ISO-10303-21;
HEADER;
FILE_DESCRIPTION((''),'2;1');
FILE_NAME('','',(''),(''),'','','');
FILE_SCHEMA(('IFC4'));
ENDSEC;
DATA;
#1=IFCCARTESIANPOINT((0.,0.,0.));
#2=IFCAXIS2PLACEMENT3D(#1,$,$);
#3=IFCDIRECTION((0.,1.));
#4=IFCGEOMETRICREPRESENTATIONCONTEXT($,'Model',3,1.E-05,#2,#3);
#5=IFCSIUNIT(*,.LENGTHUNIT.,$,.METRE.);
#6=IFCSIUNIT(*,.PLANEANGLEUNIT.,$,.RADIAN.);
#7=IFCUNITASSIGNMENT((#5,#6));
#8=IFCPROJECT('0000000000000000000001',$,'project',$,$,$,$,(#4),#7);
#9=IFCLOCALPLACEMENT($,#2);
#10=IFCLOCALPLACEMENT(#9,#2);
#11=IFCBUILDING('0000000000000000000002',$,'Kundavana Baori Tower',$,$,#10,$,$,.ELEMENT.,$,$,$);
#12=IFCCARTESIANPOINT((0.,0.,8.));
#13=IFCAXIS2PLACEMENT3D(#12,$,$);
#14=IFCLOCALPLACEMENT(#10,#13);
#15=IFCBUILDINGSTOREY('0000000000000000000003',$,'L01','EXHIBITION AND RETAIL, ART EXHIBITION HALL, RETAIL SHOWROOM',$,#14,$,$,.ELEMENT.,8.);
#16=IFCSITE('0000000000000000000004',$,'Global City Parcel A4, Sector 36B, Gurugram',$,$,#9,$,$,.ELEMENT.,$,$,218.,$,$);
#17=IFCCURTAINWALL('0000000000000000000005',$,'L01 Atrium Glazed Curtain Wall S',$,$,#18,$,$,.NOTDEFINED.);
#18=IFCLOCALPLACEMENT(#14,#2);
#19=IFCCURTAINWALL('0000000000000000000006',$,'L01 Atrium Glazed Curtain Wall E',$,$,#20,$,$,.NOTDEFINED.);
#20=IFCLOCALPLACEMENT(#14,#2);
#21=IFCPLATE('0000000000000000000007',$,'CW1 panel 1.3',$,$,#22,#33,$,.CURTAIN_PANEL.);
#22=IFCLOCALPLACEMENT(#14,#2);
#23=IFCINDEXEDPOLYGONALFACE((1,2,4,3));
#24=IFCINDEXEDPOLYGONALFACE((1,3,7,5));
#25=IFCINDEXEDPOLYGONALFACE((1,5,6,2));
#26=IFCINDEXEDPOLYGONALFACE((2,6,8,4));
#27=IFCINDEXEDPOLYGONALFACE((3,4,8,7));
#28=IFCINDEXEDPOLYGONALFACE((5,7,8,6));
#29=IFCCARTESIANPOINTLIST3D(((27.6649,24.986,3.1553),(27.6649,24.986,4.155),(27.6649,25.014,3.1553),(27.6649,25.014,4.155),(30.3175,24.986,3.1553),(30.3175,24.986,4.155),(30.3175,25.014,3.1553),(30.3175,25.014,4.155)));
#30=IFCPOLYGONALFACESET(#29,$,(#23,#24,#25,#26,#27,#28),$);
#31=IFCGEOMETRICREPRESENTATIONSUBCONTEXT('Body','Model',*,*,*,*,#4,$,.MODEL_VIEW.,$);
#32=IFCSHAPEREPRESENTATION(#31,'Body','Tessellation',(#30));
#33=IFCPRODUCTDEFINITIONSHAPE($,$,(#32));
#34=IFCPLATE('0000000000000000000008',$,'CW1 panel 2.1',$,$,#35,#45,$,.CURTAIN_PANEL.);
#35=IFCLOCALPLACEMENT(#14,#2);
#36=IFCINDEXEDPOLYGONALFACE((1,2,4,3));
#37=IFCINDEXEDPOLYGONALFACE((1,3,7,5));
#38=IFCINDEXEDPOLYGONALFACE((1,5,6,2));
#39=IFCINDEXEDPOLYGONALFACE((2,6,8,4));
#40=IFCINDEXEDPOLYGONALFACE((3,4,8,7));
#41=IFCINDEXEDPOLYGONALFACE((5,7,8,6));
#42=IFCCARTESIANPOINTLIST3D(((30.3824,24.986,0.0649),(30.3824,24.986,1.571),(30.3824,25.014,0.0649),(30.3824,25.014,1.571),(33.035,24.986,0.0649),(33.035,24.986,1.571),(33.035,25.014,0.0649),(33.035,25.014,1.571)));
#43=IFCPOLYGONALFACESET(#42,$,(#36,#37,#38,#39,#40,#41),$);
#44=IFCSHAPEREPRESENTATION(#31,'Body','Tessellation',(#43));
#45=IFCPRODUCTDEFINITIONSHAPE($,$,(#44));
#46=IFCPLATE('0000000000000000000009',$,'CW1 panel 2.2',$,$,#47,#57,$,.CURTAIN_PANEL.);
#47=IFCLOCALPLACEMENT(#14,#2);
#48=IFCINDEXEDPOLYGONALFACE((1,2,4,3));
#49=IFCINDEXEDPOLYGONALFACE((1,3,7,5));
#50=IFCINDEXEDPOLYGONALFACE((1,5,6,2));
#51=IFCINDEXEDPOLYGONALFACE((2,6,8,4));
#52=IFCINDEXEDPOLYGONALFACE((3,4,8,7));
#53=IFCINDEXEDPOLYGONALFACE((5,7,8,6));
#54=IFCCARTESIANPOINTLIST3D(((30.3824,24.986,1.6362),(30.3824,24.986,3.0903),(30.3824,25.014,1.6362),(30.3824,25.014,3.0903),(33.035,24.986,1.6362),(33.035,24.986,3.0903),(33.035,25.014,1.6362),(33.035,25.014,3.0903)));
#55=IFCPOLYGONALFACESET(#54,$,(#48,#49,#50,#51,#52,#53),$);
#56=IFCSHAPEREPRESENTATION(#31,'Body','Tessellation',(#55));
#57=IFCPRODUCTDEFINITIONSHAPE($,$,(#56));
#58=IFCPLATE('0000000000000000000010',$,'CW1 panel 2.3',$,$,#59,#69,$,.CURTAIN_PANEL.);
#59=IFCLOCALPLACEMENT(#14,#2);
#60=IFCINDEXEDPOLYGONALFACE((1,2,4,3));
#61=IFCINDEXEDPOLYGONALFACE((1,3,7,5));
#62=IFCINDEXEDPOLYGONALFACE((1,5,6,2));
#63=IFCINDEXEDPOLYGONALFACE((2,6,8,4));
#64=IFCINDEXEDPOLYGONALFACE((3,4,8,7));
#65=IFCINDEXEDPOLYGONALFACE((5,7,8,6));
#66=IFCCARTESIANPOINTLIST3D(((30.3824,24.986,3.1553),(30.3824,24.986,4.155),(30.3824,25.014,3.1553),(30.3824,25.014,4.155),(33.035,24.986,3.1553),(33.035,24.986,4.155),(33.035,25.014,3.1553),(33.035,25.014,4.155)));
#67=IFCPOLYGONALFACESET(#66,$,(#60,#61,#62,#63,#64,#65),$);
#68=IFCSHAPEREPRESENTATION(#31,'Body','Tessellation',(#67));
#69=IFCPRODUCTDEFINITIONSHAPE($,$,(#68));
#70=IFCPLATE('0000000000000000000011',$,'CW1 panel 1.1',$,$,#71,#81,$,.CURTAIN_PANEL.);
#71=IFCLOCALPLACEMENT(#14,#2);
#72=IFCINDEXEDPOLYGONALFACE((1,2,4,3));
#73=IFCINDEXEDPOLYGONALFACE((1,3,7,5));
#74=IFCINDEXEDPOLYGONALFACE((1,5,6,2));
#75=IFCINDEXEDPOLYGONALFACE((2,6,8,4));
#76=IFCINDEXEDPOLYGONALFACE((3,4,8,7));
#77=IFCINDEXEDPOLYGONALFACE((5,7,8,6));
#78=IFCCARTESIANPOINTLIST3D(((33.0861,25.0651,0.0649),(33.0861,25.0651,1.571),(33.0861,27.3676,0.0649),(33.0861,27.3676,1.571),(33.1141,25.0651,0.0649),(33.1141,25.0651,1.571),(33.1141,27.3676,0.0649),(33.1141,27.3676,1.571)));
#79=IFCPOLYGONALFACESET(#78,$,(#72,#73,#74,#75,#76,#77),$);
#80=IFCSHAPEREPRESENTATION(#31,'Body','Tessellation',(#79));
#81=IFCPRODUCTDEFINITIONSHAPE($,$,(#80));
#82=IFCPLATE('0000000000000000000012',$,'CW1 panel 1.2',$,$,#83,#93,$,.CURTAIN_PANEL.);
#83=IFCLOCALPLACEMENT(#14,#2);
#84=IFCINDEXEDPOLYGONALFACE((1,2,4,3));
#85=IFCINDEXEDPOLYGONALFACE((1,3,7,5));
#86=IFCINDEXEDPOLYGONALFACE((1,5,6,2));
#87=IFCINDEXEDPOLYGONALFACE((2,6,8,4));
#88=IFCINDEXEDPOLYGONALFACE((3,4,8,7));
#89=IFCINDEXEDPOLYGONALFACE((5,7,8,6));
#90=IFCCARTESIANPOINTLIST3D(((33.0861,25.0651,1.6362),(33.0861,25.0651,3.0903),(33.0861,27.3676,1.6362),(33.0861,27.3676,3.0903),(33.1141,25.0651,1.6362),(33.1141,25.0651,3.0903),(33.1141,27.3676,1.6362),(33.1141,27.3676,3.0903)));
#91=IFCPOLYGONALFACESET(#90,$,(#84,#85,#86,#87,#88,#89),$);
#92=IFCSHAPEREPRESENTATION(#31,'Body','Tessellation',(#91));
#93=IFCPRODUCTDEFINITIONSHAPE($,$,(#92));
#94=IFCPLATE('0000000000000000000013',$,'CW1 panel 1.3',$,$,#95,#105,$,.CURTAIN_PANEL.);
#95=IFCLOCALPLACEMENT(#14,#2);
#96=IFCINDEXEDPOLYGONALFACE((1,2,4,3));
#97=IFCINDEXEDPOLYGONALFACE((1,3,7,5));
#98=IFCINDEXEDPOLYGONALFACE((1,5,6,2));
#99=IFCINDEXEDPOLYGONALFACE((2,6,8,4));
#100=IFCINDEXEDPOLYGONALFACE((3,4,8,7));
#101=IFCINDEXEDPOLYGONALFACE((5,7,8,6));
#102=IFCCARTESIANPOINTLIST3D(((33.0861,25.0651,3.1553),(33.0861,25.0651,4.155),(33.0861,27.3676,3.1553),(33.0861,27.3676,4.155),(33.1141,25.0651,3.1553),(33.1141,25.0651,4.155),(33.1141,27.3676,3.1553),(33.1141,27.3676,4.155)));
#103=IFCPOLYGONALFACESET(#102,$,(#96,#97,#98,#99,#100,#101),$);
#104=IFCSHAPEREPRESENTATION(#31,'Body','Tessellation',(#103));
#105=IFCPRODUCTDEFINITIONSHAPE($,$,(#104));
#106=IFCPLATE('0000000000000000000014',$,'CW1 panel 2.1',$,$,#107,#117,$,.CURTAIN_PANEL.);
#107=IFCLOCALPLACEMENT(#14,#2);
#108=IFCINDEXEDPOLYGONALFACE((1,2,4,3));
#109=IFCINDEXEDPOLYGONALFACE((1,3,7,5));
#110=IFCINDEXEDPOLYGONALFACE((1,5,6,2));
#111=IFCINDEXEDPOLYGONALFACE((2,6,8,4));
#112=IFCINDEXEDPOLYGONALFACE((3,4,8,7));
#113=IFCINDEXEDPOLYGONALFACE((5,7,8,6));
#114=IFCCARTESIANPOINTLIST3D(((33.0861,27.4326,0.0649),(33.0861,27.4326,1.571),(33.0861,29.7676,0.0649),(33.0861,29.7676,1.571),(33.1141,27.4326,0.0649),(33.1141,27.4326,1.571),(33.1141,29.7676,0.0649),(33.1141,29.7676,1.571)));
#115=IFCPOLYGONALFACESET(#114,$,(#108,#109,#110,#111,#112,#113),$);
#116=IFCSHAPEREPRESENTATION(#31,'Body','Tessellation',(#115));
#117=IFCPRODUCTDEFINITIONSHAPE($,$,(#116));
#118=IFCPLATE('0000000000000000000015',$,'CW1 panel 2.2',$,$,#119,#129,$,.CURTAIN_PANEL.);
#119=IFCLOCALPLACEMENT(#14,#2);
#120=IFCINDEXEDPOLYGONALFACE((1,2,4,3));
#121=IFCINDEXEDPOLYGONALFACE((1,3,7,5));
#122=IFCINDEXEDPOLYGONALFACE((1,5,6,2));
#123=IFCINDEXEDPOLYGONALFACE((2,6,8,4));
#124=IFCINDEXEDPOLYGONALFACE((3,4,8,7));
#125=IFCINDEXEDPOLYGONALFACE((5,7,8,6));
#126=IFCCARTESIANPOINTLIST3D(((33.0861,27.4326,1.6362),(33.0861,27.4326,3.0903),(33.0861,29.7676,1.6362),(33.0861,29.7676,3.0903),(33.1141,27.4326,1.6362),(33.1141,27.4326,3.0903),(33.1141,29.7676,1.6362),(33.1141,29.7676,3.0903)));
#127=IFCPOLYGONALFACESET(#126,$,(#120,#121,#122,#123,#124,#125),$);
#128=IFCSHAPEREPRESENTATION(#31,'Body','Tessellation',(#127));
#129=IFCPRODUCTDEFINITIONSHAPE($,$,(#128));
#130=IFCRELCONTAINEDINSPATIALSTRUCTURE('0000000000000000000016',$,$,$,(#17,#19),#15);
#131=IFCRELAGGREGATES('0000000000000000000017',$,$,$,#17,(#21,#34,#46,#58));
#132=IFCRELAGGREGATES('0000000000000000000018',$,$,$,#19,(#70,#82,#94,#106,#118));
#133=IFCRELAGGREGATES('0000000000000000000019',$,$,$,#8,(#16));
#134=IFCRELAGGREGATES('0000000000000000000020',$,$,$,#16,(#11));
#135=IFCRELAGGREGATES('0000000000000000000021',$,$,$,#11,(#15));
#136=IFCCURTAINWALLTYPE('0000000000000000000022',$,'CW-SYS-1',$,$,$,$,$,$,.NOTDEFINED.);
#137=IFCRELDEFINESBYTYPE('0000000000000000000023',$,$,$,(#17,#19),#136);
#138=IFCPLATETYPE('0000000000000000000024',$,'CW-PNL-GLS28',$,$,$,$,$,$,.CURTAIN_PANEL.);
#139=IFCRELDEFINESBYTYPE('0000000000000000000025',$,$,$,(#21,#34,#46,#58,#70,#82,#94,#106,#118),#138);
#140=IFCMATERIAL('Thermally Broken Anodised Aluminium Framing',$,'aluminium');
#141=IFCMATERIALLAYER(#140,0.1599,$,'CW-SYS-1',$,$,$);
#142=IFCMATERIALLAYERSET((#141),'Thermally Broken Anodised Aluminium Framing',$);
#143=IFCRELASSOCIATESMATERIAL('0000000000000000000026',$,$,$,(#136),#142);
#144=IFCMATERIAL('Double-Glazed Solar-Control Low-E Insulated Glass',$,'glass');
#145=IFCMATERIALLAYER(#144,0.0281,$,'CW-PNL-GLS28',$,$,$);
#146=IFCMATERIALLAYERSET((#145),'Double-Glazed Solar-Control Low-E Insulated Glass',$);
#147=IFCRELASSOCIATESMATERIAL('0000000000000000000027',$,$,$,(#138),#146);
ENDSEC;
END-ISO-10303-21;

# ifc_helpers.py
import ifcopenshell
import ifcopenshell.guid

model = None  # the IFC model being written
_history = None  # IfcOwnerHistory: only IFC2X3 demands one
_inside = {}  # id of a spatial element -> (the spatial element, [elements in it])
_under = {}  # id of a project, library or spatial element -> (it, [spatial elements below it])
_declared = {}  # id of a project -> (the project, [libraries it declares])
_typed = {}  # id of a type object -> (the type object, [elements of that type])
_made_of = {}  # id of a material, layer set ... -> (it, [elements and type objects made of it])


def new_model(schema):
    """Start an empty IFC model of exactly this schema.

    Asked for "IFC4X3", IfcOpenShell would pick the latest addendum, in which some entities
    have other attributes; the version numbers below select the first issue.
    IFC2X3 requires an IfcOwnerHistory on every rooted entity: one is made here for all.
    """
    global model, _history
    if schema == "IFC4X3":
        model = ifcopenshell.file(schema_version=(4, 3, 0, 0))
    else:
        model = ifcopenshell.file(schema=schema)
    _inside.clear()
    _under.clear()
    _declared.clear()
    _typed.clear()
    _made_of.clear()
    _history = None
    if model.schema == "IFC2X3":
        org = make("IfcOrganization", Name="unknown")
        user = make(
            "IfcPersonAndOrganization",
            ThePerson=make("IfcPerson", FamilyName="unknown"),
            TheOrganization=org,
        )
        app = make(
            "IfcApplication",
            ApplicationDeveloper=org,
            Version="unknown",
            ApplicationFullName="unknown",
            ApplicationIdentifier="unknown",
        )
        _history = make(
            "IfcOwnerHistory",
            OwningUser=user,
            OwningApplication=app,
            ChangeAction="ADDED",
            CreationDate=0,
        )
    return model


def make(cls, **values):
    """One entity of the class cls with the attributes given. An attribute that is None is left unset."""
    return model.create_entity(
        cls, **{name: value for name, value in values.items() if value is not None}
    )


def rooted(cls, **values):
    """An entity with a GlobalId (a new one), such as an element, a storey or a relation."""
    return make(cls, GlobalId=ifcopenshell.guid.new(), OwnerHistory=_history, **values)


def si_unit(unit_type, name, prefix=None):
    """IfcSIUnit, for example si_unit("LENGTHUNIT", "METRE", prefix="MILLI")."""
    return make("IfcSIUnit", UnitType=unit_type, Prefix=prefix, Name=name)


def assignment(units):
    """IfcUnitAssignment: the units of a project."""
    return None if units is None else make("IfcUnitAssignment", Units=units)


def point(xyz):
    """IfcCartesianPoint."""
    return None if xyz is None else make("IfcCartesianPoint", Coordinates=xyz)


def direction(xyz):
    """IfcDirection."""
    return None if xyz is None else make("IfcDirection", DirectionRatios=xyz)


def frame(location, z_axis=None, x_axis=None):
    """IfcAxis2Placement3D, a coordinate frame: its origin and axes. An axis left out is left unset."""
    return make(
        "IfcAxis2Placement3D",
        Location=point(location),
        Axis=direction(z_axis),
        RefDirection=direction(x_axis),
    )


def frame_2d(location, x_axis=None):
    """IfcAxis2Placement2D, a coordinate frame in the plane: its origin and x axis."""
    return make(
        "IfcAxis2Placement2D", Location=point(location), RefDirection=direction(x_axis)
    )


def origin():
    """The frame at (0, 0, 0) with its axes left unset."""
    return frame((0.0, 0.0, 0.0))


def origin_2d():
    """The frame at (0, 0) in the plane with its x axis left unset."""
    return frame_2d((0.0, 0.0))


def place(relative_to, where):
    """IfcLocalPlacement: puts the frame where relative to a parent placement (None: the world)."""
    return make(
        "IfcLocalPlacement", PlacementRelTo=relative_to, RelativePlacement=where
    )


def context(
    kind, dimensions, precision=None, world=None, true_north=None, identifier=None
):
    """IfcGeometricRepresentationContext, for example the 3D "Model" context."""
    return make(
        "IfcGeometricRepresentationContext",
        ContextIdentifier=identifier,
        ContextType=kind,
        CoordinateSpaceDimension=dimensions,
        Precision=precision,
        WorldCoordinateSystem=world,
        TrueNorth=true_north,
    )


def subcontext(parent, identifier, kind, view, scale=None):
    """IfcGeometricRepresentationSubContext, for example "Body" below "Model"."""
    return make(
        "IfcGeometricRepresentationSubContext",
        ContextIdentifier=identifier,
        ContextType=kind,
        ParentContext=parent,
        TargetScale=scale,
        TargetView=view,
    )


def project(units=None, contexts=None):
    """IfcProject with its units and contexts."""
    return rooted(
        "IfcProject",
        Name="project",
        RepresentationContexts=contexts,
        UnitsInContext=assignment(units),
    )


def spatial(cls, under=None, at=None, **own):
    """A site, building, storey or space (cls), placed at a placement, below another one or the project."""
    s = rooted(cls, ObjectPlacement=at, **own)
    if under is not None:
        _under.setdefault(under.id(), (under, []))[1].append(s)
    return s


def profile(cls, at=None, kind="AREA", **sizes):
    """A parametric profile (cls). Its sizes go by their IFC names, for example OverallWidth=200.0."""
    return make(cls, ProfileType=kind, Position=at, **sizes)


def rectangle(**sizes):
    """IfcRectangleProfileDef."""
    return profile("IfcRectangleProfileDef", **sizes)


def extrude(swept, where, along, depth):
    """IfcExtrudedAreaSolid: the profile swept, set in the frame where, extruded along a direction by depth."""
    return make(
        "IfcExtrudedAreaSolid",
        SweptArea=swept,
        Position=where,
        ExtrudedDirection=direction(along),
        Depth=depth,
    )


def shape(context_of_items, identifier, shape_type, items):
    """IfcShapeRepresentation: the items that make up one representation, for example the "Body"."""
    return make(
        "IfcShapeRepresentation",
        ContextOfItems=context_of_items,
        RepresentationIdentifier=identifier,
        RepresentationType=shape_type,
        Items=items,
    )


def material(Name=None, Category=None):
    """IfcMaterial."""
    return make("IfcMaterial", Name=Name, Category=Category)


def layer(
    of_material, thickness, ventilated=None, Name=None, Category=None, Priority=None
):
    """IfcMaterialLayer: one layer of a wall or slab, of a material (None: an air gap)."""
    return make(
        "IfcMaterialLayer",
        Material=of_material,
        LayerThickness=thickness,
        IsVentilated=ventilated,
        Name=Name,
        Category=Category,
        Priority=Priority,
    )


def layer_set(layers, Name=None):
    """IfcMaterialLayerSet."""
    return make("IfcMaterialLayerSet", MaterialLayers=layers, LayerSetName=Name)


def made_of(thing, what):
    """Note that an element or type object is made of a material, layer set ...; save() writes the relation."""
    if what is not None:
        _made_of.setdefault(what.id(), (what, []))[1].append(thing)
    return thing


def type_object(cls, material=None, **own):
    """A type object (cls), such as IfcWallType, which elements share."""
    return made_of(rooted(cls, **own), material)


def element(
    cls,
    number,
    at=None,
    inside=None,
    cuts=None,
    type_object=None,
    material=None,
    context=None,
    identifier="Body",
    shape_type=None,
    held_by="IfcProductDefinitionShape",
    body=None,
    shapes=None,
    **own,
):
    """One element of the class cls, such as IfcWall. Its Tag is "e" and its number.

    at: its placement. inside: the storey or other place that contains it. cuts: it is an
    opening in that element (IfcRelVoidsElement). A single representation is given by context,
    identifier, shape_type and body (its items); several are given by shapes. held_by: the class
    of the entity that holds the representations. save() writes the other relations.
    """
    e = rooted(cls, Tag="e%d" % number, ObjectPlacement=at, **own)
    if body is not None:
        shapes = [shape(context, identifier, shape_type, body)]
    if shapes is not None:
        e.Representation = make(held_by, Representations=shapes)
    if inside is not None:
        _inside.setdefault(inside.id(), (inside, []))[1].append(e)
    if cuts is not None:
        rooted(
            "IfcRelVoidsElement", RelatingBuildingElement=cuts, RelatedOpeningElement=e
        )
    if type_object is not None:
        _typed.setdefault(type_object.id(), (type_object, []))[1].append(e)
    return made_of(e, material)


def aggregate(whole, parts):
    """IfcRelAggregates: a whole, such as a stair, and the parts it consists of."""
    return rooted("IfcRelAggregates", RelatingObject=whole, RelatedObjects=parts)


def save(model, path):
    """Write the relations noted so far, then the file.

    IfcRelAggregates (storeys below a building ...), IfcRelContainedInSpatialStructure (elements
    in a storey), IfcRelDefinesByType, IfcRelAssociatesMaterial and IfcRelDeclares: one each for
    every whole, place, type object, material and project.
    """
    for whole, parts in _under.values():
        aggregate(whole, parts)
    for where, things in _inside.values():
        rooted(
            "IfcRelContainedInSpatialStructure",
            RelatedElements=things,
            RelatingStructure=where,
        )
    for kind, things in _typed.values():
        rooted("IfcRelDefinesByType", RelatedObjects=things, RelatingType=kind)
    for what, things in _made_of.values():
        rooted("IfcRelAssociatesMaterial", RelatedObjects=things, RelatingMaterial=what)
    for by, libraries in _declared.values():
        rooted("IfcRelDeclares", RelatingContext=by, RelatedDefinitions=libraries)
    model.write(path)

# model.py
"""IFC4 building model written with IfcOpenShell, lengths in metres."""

from ifc_helpers import new_model, si_unit, direction, frame, origin, origin_2d, place, context, subcontext, project, spatial, rectangle, extrude, material, layer, layer_set, type_object, element, aggregate, save


model = new_model("IFC4")

# Units and contexts
model_context = context("Model", 3, precision=1e-05, world=origin(), true_north=direction((0.0, 1.0)))
body_context = subcontext(model_context, "Body", "Model", "MODEL_VIEW")
ifc_project = project(units=[si_unit("LENGTHUNIT", "METRE"), si_unit("PLANEANGLEUNIT", "RADIAN")], contexts=[model_context])

# Site, building, storey
site_placement = place(None, origin())
site = spatial("IfcSite", under=ifc_project, at=site_placement, Name="Global City Parcel A4, Sector 36B, Gurugram", CompositionType="ELEMENT", RefElevation=218.0)
building_placement = place(site_placement, origin())
building = spatial("IfcBuilding", under=site, at=building_placement, Name="Kundavana Baori Tower", CompositionType="ELEMENT")
storey_placement = place(building_placement, frame((0.0, 0.0, 8.0)))
storey = spatial("IfcBuildingStorey", under=building, at=storey_placement, Name="L01", Description="EXHIBITION AND RETAIL, ART EXHIBITION HALL, RETAIL SHOWROOM", CompositionType="ELEMENT", Elevation=8.0)

# Curtain walls
ifc_material_1 = material(Name="Thermally Broken Anodised Aluminium Framing", Category="aluminium")
ifc_layer_1 = layer(ifc_material_1, 0.1599, Name="CW-SYS-1")
ifc_layer_set_1 = layer_set([ifc_layer_1], Name="Thermally Broken Anodised Aluminium Framing")
curtain_wall_type = type_object("IfcCurtainWallType", Name="CW-SYS-1", PredefinedType="NOTDEFINED", material=ifc_layer_set_1)
curtain_wall_1_placement = place(storey_placement, origin())
curtain_wall_1 = element("IfcCurtainWall", 1, at=curtain_wall_1_placement, inside=storey, type_object=curtain_wall_type, Name="L01 Atrium Glazed Curtain Wall S", PredefinedType="NOTDEFINED")
curtain_wall_2_placement = place(storey_placement, origin())
curtain_wall_2 = element("IfcCurtainWall", 2, at=curtain_wall_2_placement, inside=storey, type_object=curtain_wall_type, Name="L01 Atrium Glazed Curtain Wall E", PredefinedType="NOTDEFINED")

# Plates
ifc_material_2 = material(Name="Double-Glazed Solar-Control Low-E Insulated Glass", Category="glass")
ifc_layer_2 = layer(ifc_material_2, 0.0281, Name="CW-PNL-GLS28")
ifc_layer_set_2 = layer_set([ifc_layer_2], Name="Double-Glazed Solar-Control Low-E Insulated Glass")
plate_type = type_object("IfcPlateType", Name="CW-PNL-GLS28", PredefinedType="CURTAIN_PANEL", material=ifc_layer_set_2)
plate_1_placement = place(storey_placement, frame((28.9912, 25.0, 3.1553), z_axis=(0.0, 0.0, 1.0), x_axis=(1.0, 0.0, 0.0)))
plate_1 = element("IfcPlate", 3, at=plate_1_placement, type_object=plate_type, Name="CW1 panel 1.3", PredefinedType="CURTAIN_PANEL", context=body_context, shape_type="SweptSolid", body=[
    extrude(rectangle(XDim=2.6526, YDim=0.0281, at=origin_2d()), origin(), (0.0, 0.0, 1.0), 0.9998),
])
plate_2_placement = place(storey_placement, frame((31.7087, 25.0, 0.0649), z_axis=(0.0, 0.0, 1.0), x_axis=(1.0, 0.0, 0.0)))
plate_2 = element("IfcPlate", 4, at=plate_2_placement, type_object=plate_type, Name="CW1 panel 2.1", PredefinedType="CURTAIN_PANEL", context=body_context, shape_type="SweptSolid", body=[
    extrude(rectangle(XDim=2.6526, YDim=0.0281, at=origin_2d()), origin(), (0.0, 0.0, 1.0), 1.5061),
])
plate_3_placement = place(storey_placement, frame((31.7087, 25.0, 1.6362), z_axis=(0.0, 0.0, 1.0), x_axis=(1.0, 0.0, 0.0)))
plate_3 = element("IfcPlate", 5, at=plate_3_placement, type_object=plate_type, Name="CW1 panel 2.2", PredefinedType="CURTAIN_PANEL", context=body_context, shape_type="SweptSolid", body=[
    extrude(rectangle(XDim=2.6526, YDim=0.0281, at=origin_2d()), origin(), (0.0, 0.0, 1.0), 1.4541),
])
plate_4_placement = place(storey_placement, frame((31.7087, 25.0, 3.1553), z_axis=(0.0, 0.0, 1.0), x_axis=(1.0, 0.0, 0.0)))
plate_4 = element("IfcPlate", 6, at=plate_4_placement, type_object=plate_type, Name="CW1 panel 2.3", PredefinedType="CURTAIN_PANEL", context=body_context, shape_type="SweptSolid", body=[
    extrude(rectangle(XDim=2.6526, YDim=0.0281, at=origin_2d()), origin(), (0.0, 0.0, 1.0), 0.9998),
])
aggregate(curtain_wall_1, [plate_1, plate_2, plate_3, plate_4])
plate_5_placement = place(storey_placement, frame((33.1001, 26.2163, 0.0649), z_axis=(0.0, 0.0, 1.0), x_axis=(0.0, 1.0, 0.0)))
plate_5 = element("IfcPlate", 7, at=plate_5_placement, type_object=plate_type, Name="CW1 panel 1.1", PredefinedType="CURTAIN_PANEL", context=body_context, shape_type="SweptSolid", body=[
    extrude(rectangle(XDim=2.3025, YDim=0.0281, at=origin_2d()), origin(), (0.0, 0.0, 1.0), 1.5061),
])
plate_6_placement = place(storey_placement, frame((33.1001, 26.2163, 1.6362), z_axis=(0.0, 0.0, 1.0), x_axis=(0.0, 1.0, 0.0)))
plate_6 = element("IfcPlate", 8, at=plate_6_placement, type_object=plate_type, Name="CW1 panel 1.2", PredefinedType="CURTAIN_PANEL", context=body_context, shape_type="SweptSolid", body=[
    extrude(rectangle(XDim=2.3025, YDim=0.0281, at=origin_2d()), origin(), (0.0, 0.0, 1.0), 1.4541),
])
plate_7_placement = place(storey_placement, frame((33.1001, 26.2163, 3.1553), z_axis=(0.0, 0.0, 1.0), x_axis=(0.0, 1.0, 0.0)))
plate_7 = element("IfcPlate", 9, at=plate_7_placement, type_object=plate_type, Name="CW1 panel 1.3", PredefinedType="CURTAIN_PANEL", context=body_context, shape_type="SweptSolid", body=[
    extrude(rectangle(XDim=2.3025, YDim=0.0281, at=origin_2d()), origin(), (0.0, 0.0, 1.0), 0.9998),
])
plate_8_placement = place(storey_placement, frame((33.1001, 28.6001, 0.0649), z_axis=(0.0, 0.0, 1.0), x_axis=(0.0, 1.0, 0.0)))
plate_8 = element("IfcPlate", 10, at=plate_8_placement, type_object=plate_type, Name="CW1 panel 2.1", PredefinedType="CURTAIN_PANEL", context=body_context, shape_type="SweptSolid", body=[
    extrude(rectangle(XDim=2.335, YDim=0.0281, at=origin_2d()), origin(), (0.0, 0.0, 1.0), 1.5061),
])
plate_9_placement = place(storey_placement, frame((33.1001, 28.6001, 1.6362), z_axis=(0.0, 0.0, 1.0), x_axis=(0.0, 1.0, 0.0)))
plate_9 = element("IfcPlate", 11, at=plate_9_placement, type_object=plate_type, Name="CW1 panel 2.2", PredefinedType="CURTAIN_PANEL", context=body_context, shape_type="SweptSolid", body=[
    extrude(rectangle(XDim=2.335, YDim=0.0281, at=origin_2d()), origin(), (0.0, 0.0, 1.0), 1.4541),
])
aggregate(curtain_wall_2, [plate_5, plate_6, plate_7, plate_8, plate_9])

save(model, "model.ifc")
